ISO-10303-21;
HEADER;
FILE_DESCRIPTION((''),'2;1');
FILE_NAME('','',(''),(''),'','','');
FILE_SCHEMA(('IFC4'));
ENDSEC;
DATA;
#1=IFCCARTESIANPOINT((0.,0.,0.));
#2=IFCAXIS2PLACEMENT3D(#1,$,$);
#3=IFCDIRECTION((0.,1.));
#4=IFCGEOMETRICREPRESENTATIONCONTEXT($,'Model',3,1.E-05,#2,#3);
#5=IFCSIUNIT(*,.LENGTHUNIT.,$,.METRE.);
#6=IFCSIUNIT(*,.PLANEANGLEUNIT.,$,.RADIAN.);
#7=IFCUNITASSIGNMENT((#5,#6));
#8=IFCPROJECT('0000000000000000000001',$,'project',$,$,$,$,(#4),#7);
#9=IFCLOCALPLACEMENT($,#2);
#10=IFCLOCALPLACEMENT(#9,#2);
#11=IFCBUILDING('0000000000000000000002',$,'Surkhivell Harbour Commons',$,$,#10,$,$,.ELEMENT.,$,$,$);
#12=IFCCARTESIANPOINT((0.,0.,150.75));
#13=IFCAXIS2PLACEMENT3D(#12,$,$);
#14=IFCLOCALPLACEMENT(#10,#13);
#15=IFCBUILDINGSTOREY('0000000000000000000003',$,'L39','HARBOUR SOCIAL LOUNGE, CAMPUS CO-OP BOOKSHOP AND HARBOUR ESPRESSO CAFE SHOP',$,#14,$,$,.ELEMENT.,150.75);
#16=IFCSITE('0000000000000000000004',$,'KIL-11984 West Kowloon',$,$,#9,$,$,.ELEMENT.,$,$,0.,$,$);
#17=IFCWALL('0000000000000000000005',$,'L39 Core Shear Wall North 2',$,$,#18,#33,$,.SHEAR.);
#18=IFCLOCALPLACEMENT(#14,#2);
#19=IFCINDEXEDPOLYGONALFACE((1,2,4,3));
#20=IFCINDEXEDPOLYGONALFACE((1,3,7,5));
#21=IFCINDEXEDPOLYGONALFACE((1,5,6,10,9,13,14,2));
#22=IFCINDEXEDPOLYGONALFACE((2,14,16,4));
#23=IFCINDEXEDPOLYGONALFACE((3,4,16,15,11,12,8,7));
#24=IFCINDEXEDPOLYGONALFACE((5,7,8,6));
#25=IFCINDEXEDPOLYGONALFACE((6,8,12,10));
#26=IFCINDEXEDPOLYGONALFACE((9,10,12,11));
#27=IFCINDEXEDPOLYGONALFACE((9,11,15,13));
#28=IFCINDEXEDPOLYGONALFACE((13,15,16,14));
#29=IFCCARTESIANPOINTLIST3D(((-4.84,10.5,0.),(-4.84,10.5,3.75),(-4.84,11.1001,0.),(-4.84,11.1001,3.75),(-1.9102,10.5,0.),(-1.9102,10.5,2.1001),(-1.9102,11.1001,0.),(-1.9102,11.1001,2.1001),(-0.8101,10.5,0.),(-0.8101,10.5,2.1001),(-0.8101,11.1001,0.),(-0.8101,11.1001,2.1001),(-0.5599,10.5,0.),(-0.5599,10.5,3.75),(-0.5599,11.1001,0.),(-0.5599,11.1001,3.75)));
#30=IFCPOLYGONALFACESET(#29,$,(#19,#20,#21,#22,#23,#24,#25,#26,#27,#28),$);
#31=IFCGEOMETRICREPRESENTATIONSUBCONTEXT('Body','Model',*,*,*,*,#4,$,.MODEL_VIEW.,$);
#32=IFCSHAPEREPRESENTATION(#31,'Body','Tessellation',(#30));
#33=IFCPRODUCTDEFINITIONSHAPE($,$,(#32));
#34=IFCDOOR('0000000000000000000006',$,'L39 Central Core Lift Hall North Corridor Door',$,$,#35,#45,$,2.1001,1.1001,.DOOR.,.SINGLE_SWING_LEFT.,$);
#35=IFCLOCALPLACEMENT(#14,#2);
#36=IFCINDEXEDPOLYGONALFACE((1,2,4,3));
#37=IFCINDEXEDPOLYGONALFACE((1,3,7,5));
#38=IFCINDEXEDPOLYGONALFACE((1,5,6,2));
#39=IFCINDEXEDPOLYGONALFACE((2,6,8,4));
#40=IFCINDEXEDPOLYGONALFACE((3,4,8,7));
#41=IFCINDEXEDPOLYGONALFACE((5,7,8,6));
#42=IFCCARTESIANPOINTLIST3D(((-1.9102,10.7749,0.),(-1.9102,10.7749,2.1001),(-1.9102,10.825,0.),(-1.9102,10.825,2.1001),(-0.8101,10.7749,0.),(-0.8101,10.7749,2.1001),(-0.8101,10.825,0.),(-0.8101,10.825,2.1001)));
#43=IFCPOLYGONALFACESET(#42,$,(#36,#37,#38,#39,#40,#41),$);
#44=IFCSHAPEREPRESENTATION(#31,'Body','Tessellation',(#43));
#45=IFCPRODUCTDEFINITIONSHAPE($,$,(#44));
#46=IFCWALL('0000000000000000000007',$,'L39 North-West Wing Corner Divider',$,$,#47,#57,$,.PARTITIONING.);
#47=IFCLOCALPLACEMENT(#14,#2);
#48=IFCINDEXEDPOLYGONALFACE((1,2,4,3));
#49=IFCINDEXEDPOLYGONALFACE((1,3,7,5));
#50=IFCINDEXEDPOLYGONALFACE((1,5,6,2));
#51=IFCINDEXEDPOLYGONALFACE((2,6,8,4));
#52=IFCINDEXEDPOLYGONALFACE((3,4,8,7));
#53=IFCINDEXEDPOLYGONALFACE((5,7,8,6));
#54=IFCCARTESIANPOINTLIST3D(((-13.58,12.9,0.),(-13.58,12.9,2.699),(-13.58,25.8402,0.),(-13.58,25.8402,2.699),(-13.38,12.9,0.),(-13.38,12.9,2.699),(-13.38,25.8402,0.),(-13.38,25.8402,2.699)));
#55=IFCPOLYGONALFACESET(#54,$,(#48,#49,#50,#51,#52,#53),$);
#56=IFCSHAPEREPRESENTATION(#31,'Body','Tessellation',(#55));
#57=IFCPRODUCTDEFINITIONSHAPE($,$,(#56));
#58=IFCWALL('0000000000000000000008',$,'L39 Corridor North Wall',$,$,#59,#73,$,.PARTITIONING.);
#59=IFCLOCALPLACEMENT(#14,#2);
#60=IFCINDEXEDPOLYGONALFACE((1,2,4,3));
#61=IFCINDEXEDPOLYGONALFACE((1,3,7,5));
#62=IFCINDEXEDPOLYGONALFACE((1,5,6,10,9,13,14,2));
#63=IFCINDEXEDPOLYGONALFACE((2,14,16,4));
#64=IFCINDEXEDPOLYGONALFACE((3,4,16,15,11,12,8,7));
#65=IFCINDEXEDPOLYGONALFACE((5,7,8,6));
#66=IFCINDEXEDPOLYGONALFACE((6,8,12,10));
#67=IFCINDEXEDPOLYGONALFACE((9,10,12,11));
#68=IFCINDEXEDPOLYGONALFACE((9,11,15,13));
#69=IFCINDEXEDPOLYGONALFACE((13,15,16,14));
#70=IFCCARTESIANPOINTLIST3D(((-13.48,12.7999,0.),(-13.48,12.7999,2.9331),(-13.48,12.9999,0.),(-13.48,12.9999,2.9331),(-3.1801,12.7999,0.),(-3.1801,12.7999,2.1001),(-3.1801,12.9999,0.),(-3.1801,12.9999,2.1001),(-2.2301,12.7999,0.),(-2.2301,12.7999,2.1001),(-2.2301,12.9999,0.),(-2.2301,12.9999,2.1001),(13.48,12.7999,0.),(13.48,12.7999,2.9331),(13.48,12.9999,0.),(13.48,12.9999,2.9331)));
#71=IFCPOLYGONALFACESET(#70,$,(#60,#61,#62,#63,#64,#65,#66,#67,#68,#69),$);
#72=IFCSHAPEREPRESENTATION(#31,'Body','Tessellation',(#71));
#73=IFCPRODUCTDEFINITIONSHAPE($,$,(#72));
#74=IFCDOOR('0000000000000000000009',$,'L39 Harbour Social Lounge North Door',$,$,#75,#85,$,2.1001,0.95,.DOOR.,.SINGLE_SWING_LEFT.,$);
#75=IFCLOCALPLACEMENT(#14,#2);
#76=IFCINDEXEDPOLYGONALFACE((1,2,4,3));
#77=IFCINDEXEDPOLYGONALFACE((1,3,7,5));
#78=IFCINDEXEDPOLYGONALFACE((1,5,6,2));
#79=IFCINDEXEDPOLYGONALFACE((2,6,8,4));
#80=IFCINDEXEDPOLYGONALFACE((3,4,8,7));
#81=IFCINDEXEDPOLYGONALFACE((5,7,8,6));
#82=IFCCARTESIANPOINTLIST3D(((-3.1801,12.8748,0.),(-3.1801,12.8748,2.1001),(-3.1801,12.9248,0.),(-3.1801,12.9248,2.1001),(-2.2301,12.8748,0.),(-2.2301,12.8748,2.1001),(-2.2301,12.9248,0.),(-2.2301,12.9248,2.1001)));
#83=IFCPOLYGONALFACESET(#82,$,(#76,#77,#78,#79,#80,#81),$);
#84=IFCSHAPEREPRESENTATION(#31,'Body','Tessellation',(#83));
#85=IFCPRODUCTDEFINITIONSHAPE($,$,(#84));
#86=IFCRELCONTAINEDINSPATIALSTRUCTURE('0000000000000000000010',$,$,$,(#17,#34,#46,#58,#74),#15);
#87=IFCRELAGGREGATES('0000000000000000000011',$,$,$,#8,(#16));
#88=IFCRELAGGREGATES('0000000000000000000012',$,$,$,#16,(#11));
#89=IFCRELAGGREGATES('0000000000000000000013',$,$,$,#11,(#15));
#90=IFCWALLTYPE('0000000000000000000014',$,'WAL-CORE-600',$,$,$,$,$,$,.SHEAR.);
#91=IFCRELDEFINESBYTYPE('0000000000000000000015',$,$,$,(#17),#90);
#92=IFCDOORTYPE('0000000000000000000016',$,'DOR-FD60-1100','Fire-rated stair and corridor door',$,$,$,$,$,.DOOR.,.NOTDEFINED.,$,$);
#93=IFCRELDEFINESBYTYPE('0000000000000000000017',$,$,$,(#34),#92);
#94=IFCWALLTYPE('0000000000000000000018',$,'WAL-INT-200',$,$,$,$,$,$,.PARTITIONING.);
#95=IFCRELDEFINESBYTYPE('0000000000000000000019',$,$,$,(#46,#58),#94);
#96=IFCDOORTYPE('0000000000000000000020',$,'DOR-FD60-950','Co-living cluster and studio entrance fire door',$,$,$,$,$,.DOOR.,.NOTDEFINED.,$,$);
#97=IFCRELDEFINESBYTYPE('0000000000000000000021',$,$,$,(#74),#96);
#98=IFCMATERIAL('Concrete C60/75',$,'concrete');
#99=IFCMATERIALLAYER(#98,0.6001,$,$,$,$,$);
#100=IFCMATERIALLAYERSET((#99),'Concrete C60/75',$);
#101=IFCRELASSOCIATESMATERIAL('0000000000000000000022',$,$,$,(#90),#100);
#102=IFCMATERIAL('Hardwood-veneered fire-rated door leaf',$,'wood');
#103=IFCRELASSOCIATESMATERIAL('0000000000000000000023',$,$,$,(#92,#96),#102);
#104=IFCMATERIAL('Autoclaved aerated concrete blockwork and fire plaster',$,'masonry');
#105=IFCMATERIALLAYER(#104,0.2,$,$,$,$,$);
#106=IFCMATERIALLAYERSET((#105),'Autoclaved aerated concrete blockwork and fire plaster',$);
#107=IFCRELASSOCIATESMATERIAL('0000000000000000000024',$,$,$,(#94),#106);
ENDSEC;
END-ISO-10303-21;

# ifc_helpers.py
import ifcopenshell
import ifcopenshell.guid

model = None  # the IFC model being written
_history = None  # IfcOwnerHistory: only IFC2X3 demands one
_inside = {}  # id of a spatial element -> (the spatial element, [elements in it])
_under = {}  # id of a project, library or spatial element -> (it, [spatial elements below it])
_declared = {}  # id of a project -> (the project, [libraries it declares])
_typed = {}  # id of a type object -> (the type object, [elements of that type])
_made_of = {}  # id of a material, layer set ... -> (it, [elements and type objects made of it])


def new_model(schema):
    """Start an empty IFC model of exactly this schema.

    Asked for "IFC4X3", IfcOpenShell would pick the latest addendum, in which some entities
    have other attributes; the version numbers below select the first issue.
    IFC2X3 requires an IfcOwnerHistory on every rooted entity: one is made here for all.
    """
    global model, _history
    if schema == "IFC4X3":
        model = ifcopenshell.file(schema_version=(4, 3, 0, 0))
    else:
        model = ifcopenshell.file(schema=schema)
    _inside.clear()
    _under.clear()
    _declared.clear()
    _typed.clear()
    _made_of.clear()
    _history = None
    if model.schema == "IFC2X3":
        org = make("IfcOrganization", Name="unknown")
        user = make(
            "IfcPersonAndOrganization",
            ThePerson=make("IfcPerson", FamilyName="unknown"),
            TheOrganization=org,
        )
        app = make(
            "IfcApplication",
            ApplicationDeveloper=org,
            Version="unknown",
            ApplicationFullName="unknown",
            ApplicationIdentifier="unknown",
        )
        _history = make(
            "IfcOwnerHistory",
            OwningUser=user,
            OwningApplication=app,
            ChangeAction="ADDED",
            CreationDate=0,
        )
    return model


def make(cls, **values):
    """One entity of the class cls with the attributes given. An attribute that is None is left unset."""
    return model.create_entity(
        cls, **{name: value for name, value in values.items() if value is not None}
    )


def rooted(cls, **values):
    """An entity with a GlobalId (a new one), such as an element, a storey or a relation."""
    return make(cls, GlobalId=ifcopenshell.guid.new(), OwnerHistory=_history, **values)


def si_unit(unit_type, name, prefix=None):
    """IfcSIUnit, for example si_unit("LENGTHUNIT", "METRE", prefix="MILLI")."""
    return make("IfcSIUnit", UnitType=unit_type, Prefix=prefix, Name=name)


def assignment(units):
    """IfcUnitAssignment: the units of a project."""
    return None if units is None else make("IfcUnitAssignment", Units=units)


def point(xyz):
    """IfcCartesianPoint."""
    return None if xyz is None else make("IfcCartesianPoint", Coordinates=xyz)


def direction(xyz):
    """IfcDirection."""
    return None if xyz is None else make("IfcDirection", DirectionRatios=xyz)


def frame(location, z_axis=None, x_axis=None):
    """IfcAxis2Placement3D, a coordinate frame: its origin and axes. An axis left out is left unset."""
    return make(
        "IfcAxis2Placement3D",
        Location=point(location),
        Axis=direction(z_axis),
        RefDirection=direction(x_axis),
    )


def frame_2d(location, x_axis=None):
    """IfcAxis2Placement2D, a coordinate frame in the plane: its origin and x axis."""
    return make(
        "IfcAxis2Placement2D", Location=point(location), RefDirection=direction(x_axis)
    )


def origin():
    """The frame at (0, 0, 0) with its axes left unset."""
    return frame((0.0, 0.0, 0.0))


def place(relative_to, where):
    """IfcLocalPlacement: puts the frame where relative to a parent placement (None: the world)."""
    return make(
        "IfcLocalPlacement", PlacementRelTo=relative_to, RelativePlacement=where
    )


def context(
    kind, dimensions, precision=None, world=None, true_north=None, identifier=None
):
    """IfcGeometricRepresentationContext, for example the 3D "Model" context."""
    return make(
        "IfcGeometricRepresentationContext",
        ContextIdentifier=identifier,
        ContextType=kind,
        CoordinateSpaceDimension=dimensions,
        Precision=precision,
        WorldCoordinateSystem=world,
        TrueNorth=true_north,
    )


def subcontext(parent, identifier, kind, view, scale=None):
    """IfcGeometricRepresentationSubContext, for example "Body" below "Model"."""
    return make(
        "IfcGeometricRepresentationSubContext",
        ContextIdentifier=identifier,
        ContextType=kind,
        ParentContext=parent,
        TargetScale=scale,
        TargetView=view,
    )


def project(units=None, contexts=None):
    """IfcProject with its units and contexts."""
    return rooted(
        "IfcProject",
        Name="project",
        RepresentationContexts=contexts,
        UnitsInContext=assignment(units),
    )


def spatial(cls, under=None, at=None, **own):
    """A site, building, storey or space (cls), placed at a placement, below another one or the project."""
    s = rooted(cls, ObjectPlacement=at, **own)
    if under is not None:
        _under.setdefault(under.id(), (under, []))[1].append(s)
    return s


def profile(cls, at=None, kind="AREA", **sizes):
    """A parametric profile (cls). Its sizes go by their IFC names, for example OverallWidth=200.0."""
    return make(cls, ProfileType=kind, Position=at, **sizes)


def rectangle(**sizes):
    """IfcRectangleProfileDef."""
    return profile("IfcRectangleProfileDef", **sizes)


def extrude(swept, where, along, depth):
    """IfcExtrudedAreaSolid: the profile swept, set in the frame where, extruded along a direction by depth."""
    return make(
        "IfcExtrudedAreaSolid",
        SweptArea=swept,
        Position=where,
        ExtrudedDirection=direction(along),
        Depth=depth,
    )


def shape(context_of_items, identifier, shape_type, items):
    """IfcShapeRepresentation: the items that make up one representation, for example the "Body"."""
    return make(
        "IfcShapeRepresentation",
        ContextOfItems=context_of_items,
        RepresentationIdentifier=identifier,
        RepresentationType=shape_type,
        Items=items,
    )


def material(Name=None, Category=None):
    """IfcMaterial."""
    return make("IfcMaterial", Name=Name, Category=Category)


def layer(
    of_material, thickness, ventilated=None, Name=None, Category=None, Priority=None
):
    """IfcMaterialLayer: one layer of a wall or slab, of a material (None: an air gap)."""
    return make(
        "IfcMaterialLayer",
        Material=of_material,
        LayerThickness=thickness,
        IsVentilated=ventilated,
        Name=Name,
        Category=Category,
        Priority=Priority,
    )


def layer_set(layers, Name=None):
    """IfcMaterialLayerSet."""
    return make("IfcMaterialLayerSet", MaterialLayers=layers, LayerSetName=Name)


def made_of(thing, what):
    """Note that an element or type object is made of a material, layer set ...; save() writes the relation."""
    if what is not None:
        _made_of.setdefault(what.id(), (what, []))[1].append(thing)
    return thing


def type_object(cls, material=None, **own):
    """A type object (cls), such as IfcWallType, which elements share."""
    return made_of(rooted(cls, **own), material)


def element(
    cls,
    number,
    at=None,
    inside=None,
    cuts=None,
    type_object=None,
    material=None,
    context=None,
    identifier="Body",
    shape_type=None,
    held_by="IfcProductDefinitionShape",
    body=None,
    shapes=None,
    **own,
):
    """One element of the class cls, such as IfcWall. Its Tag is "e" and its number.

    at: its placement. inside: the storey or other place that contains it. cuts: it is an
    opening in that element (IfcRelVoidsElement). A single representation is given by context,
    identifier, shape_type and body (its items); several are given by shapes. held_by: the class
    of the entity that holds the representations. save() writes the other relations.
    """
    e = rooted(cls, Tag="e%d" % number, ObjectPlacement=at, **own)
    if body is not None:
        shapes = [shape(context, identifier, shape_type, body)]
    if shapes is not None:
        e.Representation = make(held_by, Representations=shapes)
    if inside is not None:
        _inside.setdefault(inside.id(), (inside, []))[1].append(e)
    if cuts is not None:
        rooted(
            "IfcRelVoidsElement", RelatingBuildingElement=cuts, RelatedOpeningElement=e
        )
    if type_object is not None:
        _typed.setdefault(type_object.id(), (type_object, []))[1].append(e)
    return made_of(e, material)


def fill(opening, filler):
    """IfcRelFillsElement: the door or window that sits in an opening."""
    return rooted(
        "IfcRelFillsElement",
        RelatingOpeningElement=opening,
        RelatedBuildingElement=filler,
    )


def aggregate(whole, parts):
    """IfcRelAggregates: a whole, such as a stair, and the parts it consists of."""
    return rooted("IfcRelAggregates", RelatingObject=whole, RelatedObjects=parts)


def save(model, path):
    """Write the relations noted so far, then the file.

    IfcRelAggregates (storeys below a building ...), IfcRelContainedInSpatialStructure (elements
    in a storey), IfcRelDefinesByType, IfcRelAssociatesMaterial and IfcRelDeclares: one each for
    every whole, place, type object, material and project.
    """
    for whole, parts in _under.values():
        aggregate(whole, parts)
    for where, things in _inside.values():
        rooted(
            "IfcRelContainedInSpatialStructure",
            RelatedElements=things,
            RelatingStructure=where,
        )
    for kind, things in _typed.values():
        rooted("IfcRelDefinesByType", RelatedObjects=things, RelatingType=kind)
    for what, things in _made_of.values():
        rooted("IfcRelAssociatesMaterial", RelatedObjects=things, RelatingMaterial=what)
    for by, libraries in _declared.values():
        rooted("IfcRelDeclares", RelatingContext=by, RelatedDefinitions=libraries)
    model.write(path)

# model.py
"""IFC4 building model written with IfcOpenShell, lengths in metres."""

from ifc_helpers import new_model, si_unit, direction, frame, frame_2d, origin, place, context, subcontext, project, spatial, rectangle, extrude, material, layer, layer_set, type_object, element, fill, save


model = new_model("IFC4")

# Units and contexts
model_context = context("Model", 3, precision=1e-05, world=origin(), true_north=direction((0.0, 1.0)))
body_context = subcontext(model_context, "Body", "Model", "MODEL_VIEW")
ifc_project = project(units=[si_unit("LENGTHUNIT", "METRE"), si_unit("PLANEANGLEUNIT", "RADIAN")], contexts=[model_context])

# Site, building, storey
site_placement = place(None, origin())
site = spatial("IfcSite", under=ifc_project, at=site_placement, Name="KIL-11984 West Kowloon", CompositionType="ELEMENT", RefElevation=0.0)
building_placement = place(site_placement, origin())
building = spatial("IfcBuilding", under=site, at=building_placement, Name="Surkhivell Harbour Commons", CompositionType="ELEMENT")
storey_placement = place(building_placement, frame((0.0, 0.0, 150.75)))
storey = spatial("IfcBuildingStorey", under=building, at=storey_placement, Name="L39", Description="HARBOUR SOCIAL LOUNGE, CAMPUS CO-OP BOOKSHOP AND HARBOUR ESPRESSO CAFE SHOP", CompositionType="ELEMENT", Elevation=150.75)

# Shared definitions
ifc_material_1 = material(Name="Concrete C60/75", Category="concrete")

# Wall, opening, door
ifc_layer_1 = layer(ifc_material_1, 0.6001)
ifc_layer_set_1 = layer_set([ifc_layer_1], Name="Concrete C60/75")
wall_type_1 = type_object("IfcWallType", Name="WAL-CORE-600", PredefinedType="SHEAR", material=ifc_layer_set_1)
wall_1_placement = place(storey_placement, frame((-4.8401, 10.8, 0.0), z_axis=(0.0, 0.0, 1.0), x_axis=(1.0, 0.0, 0.0)))
wall_1 = element("IfcWall", 1, at=wall_1_placement, inside=storey, type_object=wall_type_1, Name="L39 Core Shear Wall North 2", PredefinedType="SHEAR", context=body_context, shape_type="SweptSolid", body=[
    extrude(rectangle(XDim=4.28, YDim=0.6001, at=frame_2d((2.1401, 0.0))), origin(), (0.0, 0.0, 1.0), 3.75),
])
opening_1_placement = place(wall_1_placement, frame((2.9299, 0.0, 0.0)))
opening_1 = element("IfcOpeningElement", 2, at=opening_1_placement, cuts=wall_1, PredefinedType="OPENING", context=body_context, shape_type="SweptSolid", body=[
    extrude(rectangle(XDim=1.1001, YDim=2.1001, at=frame_2d((0.55, 1.05))), frame((0.0, 0.3101, 0.0), z_axis=(0.0, -1.0, 0.0), x_axis=(1.0, 0.0, 0.0)), (0.0, 0.0, 1.0), 0.6201),
])
ifc_material_2 = material(Name="Hardwood-veneered fire-rated door leaf", Category="wood")
door_type_1 = type_object("IfcDoorType", Name="DOR-FD60-1100", Description="Fire-rated stair and corridor door", OperationType="NOTDEFINED", PredefinedType="DOOR", material=ifc_material_2)
door_1_placement = place(opening_1_placement, origin())
door_1 = element("IfcDoor", 3, at=door_1_placement, inside=storey, type_object=door_type_1, Name="L39 Central Core Lift Hall North Corridor Door", OperationType="SINGLE_SWING_LEFT", OverallHeight=2.1001, OverallWidth=1.1001, PredefinedType="DOOR", context=body_context, shape_type="SweptSolid", body=[
    extrude(rectangle(XDim=1.1001, YDim=2.1001, at=frame_2d((0.55, 1.05))), frame((0.0, 0.0249, 0.0), z_axis=(0.0, -1.0, 0.0), x_axis=(1.0, 0.0, 0.0)), (0.0, 0.0, 1.0), 0.05),
])
fill(opening_1, door_1)

# Wall
ifc_material_3 = material(Name="Autoclaved aerated concrete blockwork and fire plaster", Category="masonry")
ifc_layer_2 = layer(ifc_material_3, 0.2)
ifc_layer_set_2 = layer_set([ifc_layer_2], Name="Autoclaved aerated concrete blockwork and fire plaster")
wall_type_2 = type_object("IfcWallType", Name="WAL-INT-200", PredefinedType="PARTITIONING", material=ifc_layer_set_2)
wall_2_placement = place(storey_placement, frame((-13.48, 12.8999, 0.0), z_axis=(0.0, 0.0, 1.0), x_axis=(0.0, 1.0, 0.0)))
element("IfcWall", 4, at=wall_2_placement, inside=storey, type_object=wall_type_2, Name="L39 North-West Wing Corner Divider", PredefinedType="PARTITIONING", context=body_context, shape_type="SweptSolid", body=[
    extrude(rectangle(XDim=12.9402, YDim=0.2, at=frame_2d((6.4702, 0.0))), origin(), (0.0, 0.0, 1.0), 2.699),
])

# Wall, opening, door
wall_3_placement = place(storey_placement, frame((-13.48, 12.8999, 0.0), z_axis=(0.0, 0.0, 1.0), x_axis=(1.0, 0.0, 0.0)))
wall_3 = element("IfcWall", 5, at=wall_3_placement, inside=storey, type_object=wall_type_2, Name="L39 Corridor North Wall", PredefinedType="PARTITIONING", context=body_context, shape_type="SweptSolid", body=[
    extrude(rectangle(XDim=26.96, YDim=0.2, at=frame_2d((13.48, 0.0))), origin(), (0.0, 0.0, 1.0), 2.9331),
])
opening_2_placement = place(wall_3_placement, frame((10.2998, 0.0, 0.0)))
opening_2 = element("IfcOpeningElement", 6, at=opening_2_placement, cuts=wall_3, PredefinedType="OPENING", context=body_context, shape_type="SweptSolid", body=[
    extrude(rectangle(XDim=0.95, YDim=2.1001, at=frame_2d((0.4751, 1.05))), frame((0.0, 0.1099, 0.0), z_axis=(0.0, -1.0, 0.0), x_axis=(1.0, 0.0, 0.0)), (0.0, 0.0, 1.0), 0.22),
])
door_type_2 = type_object("IfcDoorType", Name="DOR-FD60-950", Description="Co-living cluster and studio entrance fire door", OperationType="NOTDEFINED", PredefinedType="DOOR", material=ifc_material_2)
door_2_placement = place(opening_2_placement, origin())
door_2 = element("IfcDoor", 7, at=door_2_placement, inside=storey, type_object=door_type_2, Name="L39 Harbour Social Lounge North Door", OperationType="SINGLE_SWING_LEFT", OverallHeight=2.1001, OverallWidth=0.95, PredefinedType="DOOR", context=body_context, shape_type="SweptSolid", body=[
    extrude(rectangle(XDim=0.95, YDim=2.1001, at=frame_2d((0.4751, 1.05))), frame((0.0, 0.0249, 0.0), z_axis=(0.0, -1.0, 0.0), x_axis=(1.0, 0.0, 0.0)), (0.0, 0.0, 1.0), 0.05),
])
fill(opening_2, door_2)

save(model, "model.ifc")
